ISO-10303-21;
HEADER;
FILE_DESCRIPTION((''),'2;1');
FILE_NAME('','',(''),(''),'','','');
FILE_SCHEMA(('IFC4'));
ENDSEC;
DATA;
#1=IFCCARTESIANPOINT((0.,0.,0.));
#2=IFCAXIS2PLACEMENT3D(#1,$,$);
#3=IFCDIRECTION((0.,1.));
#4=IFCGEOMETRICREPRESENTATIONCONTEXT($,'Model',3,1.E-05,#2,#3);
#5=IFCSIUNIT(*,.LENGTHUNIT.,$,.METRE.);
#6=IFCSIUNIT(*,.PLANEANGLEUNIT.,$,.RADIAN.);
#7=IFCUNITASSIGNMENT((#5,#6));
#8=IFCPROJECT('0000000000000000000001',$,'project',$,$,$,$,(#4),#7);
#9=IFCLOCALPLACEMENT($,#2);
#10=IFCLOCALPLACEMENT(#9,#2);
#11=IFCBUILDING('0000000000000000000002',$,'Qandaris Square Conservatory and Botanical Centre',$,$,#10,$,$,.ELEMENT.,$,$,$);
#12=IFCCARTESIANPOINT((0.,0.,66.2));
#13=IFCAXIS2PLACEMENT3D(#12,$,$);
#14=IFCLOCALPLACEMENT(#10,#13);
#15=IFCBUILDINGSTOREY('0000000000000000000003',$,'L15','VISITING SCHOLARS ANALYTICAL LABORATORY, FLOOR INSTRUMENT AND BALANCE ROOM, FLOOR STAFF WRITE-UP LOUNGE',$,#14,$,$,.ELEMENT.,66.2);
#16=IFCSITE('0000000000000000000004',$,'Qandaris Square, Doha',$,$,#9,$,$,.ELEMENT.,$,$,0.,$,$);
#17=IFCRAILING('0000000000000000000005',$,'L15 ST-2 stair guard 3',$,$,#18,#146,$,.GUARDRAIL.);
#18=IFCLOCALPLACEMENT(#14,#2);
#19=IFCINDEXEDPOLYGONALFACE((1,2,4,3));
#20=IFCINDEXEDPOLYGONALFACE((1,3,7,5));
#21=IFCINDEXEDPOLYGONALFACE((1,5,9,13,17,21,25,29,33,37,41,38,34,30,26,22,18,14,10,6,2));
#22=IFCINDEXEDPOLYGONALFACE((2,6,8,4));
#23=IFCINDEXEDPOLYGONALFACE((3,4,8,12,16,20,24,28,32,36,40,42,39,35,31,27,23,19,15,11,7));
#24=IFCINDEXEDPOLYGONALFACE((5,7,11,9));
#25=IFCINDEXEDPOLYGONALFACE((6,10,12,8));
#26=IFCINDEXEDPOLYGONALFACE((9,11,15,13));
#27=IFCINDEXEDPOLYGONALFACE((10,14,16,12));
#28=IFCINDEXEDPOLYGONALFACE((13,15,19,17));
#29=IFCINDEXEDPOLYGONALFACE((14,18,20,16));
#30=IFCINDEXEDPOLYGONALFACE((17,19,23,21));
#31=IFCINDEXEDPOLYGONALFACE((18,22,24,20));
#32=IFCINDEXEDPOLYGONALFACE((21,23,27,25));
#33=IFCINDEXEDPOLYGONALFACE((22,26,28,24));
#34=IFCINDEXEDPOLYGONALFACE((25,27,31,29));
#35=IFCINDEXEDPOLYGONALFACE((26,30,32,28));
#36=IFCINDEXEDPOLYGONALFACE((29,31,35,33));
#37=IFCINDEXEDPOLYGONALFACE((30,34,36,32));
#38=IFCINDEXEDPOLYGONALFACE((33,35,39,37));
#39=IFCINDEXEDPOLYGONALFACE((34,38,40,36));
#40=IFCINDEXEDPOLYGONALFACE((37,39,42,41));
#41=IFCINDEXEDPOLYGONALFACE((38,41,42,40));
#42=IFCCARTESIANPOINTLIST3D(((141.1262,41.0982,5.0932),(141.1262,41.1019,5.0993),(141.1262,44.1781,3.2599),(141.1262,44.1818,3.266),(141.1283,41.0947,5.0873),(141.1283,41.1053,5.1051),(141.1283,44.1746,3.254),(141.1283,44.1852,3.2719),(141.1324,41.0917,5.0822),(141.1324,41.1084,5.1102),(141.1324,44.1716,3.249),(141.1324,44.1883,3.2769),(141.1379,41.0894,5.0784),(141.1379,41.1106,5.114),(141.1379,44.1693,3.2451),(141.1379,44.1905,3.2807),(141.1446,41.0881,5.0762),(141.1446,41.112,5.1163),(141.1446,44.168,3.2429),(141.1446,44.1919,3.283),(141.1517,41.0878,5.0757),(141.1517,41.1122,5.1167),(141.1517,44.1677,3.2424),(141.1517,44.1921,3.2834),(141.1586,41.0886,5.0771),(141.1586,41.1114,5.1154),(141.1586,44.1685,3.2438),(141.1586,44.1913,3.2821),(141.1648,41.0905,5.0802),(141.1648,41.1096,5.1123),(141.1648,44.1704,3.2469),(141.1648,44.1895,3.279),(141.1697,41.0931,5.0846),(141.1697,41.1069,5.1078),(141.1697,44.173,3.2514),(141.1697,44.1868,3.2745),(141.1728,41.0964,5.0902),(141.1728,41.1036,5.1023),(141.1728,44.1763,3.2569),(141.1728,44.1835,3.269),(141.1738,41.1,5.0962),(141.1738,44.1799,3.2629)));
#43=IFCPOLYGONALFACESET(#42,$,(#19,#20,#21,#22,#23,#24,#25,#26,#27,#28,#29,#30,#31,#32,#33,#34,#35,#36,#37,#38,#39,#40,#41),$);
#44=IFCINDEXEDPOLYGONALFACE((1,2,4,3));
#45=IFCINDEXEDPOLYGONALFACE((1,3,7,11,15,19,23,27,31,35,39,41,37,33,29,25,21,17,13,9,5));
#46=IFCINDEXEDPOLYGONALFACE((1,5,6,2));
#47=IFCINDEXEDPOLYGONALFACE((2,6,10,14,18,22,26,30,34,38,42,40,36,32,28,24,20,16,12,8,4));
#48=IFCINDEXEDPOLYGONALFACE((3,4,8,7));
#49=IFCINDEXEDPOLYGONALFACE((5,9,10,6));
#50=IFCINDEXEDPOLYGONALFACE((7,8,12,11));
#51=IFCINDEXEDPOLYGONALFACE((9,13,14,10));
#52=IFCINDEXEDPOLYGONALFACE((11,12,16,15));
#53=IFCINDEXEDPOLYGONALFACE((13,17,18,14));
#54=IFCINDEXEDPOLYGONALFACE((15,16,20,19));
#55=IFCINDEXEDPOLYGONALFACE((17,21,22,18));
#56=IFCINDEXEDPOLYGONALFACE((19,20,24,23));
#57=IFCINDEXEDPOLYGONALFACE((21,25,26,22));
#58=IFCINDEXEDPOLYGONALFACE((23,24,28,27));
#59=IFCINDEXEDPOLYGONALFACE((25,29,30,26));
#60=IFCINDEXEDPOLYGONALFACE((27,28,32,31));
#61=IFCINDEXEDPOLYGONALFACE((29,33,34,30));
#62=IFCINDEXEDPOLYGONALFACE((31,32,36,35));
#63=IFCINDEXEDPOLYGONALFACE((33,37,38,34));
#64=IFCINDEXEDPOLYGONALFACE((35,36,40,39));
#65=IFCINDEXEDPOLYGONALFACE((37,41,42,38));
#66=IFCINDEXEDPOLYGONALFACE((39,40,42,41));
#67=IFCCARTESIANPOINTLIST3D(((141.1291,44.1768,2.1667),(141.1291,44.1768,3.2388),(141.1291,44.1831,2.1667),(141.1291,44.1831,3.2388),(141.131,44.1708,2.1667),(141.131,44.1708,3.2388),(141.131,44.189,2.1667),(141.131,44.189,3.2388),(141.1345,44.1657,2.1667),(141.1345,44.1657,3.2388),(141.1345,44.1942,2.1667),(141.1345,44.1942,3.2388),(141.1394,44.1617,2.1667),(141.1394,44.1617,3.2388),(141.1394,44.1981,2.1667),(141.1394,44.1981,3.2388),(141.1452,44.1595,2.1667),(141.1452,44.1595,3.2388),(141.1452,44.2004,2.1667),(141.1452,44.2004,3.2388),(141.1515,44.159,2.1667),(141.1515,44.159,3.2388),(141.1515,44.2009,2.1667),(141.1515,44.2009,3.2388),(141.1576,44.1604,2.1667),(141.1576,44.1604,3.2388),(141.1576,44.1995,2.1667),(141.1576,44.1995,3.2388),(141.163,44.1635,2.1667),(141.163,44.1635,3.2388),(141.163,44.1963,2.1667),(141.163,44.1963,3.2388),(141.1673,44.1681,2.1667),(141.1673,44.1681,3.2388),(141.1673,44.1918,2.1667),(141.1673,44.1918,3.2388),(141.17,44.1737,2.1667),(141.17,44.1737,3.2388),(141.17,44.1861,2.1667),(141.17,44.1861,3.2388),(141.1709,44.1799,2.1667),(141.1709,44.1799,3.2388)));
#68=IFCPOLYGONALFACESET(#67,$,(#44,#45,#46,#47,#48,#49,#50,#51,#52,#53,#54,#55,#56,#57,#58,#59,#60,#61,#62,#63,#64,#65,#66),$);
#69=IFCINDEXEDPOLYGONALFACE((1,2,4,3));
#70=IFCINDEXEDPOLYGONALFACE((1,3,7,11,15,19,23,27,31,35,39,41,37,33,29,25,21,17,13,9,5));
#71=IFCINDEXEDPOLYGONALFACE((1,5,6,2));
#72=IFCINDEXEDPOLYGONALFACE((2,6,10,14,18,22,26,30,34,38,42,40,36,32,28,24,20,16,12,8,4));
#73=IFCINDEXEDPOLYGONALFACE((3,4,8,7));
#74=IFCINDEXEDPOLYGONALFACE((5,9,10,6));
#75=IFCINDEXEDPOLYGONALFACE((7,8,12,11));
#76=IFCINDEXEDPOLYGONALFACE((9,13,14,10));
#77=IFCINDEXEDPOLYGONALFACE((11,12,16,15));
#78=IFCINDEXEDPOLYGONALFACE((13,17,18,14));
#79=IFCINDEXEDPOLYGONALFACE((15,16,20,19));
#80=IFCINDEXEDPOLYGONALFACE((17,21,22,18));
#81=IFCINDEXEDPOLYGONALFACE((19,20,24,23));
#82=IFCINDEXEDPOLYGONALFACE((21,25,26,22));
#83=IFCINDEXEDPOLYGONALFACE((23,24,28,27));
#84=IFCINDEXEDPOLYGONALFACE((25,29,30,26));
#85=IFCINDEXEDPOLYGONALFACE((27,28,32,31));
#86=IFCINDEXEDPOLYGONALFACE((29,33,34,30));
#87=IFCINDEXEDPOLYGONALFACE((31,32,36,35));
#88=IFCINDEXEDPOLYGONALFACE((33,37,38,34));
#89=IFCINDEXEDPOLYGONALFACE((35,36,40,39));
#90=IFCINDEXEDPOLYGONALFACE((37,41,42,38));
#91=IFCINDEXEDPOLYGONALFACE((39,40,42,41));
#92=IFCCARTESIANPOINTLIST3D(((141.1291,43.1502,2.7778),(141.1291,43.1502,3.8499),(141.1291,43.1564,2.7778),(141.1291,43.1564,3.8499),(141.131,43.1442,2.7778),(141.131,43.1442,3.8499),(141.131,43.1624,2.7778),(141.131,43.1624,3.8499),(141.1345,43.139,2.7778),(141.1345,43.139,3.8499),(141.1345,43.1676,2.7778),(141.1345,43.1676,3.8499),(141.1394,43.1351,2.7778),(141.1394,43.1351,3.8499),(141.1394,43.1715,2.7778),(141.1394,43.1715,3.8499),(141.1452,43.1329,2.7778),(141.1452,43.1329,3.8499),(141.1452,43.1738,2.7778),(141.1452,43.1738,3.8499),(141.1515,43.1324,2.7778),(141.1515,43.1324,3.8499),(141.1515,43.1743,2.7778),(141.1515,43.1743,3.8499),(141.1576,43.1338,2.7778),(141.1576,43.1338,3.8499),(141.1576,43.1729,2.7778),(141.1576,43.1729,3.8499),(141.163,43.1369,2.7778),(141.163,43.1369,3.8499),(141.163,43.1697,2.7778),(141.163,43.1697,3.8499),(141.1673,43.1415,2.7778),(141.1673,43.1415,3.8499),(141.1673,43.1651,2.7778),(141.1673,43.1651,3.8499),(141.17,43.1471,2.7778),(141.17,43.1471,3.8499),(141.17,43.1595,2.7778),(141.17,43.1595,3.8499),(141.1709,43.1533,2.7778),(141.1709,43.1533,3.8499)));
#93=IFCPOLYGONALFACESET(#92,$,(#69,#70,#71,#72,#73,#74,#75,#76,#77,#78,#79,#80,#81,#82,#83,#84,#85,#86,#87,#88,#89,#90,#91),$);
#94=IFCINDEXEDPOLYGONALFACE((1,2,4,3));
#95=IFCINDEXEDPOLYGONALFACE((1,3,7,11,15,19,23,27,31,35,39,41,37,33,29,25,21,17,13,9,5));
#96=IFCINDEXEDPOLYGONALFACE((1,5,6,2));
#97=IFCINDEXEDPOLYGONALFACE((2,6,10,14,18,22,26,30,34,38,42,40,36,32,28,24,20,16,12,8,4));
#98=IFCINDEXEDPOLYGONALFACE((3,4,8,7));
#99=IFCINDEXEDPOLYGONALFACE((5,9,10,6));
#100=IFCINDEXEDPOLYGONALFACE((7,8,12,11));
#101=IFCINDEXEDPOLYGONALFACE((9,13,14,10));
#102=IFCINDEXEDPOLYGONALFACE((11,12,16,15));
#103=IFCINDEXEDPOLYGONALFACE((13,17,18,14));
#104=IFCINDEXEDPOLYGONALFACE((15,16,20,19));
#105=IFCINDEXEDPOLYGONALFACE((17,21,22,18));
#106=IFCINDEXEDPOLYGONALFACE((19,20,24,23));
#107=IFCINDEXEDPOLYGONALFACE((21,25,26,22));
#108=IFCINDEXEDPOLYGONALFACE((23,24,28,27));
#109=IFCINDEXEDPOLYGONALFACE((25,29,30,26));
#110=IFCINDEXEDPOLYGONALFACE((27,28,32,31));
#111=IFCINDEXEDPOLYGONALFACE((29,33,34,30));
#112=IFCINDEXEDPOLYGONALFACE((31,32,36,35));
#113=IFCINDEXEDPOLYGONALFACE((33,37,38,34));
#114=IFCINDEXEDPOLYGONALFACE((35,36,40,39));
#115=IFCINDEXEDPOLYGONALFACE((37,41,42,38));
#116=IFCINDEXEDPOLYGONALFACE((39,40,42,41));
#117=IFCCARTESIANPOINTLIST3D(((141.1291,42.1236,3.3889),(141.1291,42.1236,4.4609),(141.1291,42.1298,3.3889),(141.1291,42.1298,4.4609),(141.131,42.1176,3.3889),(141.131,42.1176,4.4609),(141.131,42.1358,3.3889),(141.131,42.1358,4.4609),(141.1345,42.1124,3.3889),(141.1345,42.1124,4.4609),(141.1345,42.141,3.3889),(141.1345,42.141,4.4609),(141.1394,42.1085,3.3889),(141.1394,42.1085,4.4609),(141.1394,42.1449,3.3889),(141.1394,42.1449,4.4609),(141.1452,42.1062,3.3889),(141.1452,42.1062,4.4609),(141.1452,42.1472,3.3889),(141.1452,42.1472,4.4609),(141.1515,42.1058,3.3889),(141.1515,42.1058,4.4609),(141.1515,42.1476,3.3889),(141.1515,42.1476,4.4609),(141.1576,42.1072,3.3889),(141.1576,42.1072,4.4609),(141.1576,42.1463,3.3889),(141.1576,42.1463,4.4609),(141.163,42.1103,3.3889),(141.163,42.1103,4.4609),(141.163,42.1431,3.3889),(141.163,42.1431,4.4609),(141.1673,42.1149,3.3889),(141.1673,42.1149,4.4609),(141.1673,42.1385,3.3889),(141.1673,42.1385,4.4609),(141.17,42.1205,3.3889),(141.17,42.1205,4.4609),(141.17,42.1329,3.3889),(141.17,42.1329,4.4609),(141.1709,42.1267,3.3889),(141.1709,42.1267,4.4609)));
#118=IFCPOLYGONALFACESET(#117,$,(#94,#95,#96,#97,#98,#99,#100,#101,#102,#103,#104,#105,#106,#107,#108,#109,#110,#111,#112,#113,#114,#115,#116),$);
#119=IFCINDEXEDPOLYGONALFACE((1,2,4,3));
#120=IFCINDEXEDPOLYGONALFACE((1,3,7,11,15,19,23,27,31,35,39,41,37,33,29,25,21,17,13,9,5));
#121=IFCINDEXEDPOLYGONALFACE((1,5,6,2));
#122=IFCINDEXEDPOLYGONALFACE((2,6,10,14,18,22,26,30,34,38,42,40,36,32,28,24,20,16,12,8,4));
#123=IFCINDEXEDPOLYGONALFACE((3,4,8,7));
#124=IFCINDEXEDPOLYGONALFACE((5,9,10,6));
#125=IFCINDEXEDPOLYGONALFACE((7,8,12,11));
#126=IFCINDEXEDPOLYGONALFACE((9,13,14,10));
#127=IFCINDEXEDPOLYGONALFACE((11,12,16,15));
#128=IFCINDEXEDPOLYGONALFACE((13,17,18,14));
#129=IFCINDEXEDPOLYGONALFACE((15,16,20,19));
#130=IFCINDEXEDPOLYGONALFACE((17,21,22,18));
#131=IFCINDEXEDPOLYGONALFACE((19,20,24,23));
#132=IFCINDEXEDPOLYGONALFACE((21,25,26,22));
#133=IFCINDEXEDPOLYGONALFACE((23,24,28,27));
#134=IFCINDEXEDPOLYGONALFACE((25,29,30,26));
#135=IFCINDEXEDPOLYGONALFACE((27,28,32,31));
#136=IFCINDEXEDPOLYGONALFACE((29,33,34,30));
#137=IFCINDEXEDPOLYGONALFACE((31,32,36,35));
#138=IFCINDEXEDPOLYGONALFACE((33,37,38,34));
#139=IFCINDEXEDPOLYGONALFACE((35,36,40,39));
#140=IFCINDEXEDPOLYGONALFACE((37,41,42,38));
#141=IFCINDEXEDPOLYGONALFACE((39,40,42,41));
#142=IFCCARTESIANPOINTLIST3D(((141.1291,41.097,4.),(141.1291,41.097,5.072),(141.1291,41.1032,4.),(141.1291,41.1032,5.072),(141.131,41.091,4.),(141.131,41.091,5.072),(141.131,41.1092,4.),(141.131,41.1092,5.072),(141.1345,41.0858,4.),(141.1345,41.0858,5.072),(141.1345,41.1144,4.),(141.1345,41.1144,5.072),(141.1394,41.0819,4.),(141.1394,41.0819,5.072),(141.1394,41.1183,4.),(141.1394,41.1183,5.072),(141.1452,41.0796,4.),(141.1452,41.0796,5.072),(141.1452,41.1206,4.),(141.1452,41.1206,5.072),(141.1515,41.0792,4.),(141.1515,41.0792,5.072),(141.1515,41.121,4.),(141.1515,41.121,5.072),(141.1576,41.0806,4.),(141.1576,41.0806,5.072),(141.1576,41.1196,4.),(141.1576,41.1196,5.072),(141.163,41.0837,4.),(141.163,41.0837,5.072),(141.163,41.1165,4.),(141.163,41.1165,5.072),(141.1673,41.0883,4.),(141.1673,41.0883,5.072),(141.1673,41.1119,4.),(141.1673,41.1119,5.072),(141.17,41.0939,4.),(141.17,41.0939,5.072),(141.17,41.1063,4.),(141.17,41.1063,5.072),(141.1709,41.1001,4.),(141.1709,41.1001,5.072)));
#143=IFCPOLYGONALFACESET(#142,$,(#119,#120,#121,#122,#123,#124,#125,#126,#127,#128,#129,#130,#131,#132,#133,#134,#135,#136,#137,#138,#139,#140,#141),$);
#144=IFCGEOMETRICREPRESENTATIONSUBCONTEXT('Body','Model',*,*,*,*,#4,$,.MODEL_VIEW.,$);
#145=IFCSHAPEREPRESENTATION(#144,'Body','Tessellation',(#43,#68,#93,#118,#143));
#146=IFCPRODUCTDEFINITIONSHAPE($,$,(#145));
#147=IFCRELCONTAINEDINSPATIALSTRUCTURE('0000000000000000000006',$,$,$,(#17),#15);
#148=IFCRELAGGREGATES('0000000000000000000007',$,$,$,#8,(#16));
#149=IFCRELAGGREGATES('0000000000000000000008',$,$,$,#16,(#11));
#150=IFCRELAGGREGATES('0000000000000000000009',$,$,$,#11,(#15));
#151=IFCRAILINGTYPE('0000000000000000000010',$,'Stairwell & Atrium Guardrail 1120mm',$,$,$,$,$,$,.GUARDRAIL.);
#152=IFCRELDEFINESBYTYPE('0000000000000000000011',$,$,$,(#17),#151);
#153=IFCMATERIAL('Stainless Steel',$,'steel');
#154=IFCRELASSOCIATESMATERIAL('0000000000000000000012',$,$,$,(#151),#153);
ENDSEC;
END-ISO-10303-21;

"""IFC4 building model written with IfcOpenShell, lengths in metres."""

from ifc_helpers import new_model, si_unit, direction, frame, origin, origin_2d, place, context, subcontext, project, spatial, circle, extrude, material, type_object, element, save


model = new_model("IFC4")

# Units and contexts
model_context = context("Model", 3, precision=1e-05, world=origin(), true_north=direction((0.0, 1.0)))
body_context = subcontext(model_context, "Body", "Model", "MODEL_VIEW")
ifc_project = project(units=[si_unit("LENGTHUNIT", "METRE"), si_unit("PLANEANGLEUNIT", "RADIAN")], contexts=[model_context])

# Site, building, storey
site_placement = place(None, origin())
site = spatial("IfcSite", under=ifc_project, at=site_placement, Name="Qandaris Square, Doha", CompositionType="ELEMENT", RefElevation=0.0)
building_placement = place(site_placement, origin())
building = spatial("IfcBuilding", under=site, at=building_placement, Name="Qandaris Square Conservatory and Botanical Centre", CompositionType="ELEMENT")
storey_placement = place(building_placement, frame((0.0, 0.0, 66.2)))
storey = spatial("IfcBuildingStorey", under=building, at=storey_placement, Name="L15", Description="VISITING SCHOLARS ANALYTICAL LABORATORY, FLOOR INSTRUMENT AND BALANCE ROOM, FLOOR STAFF WRITE-UP LOUNGE", CompositionType="ELEMENT", Elevation=66.2)

# Railing
ifc_material_1 = material(Name="Stainless Steel", Category="steel")
railing_type_1 = type_object("IfcRailingType", Name="Stairwell & Atrium Guardrail 1120mm", PredefinedType="GUARDRAIL", material=ifc_material_1)
railing_1_placement = place(storey_placement, frame((141.1499, 44.1799, 2.1667)))
element("IfcRailing", 1, at=railing_1_placement, inside=storey, type_object=railing_type_1, Name="L15 ST-2 stair guard 3", PredefinedType="GUARDRAIL", context=body_context, shape_type="SweptSolid", body=[
    extrude(circle(Radius=0.0239, at=origin_2d()), frame((0.0, 0.0, 1.0962), z_axis=(0.0, -0.859291, 0.511487), x_axis=(1.0, 0.0, 0.0)), (0.0, 0.0, 1.0), 3.5842),
    extrude(circle(Radius=0.021, at=origin_2d()), origin(), (0.0, 0.0, 1.0), 1.072),
    extrude(circle(Radius=0.021, at=origin_2d()), frame((0.0, -1.0266, 0.6111)), (0.0, 0.0, 1.0), 1.072),
    extrude(circle(Radius=0.021, at=origin_2d()), frame((0.0, -2.0532, 1.2222)), (0.0, 0.0, 1.0), 1.072),
    extrude(circle(Radius=0.021, at=origin_2d()), frame((0.0, -3.0798, 1.8333)), (0.0, 0.0, 1.0), 1.072),
])

save(model, "model.ifc")
